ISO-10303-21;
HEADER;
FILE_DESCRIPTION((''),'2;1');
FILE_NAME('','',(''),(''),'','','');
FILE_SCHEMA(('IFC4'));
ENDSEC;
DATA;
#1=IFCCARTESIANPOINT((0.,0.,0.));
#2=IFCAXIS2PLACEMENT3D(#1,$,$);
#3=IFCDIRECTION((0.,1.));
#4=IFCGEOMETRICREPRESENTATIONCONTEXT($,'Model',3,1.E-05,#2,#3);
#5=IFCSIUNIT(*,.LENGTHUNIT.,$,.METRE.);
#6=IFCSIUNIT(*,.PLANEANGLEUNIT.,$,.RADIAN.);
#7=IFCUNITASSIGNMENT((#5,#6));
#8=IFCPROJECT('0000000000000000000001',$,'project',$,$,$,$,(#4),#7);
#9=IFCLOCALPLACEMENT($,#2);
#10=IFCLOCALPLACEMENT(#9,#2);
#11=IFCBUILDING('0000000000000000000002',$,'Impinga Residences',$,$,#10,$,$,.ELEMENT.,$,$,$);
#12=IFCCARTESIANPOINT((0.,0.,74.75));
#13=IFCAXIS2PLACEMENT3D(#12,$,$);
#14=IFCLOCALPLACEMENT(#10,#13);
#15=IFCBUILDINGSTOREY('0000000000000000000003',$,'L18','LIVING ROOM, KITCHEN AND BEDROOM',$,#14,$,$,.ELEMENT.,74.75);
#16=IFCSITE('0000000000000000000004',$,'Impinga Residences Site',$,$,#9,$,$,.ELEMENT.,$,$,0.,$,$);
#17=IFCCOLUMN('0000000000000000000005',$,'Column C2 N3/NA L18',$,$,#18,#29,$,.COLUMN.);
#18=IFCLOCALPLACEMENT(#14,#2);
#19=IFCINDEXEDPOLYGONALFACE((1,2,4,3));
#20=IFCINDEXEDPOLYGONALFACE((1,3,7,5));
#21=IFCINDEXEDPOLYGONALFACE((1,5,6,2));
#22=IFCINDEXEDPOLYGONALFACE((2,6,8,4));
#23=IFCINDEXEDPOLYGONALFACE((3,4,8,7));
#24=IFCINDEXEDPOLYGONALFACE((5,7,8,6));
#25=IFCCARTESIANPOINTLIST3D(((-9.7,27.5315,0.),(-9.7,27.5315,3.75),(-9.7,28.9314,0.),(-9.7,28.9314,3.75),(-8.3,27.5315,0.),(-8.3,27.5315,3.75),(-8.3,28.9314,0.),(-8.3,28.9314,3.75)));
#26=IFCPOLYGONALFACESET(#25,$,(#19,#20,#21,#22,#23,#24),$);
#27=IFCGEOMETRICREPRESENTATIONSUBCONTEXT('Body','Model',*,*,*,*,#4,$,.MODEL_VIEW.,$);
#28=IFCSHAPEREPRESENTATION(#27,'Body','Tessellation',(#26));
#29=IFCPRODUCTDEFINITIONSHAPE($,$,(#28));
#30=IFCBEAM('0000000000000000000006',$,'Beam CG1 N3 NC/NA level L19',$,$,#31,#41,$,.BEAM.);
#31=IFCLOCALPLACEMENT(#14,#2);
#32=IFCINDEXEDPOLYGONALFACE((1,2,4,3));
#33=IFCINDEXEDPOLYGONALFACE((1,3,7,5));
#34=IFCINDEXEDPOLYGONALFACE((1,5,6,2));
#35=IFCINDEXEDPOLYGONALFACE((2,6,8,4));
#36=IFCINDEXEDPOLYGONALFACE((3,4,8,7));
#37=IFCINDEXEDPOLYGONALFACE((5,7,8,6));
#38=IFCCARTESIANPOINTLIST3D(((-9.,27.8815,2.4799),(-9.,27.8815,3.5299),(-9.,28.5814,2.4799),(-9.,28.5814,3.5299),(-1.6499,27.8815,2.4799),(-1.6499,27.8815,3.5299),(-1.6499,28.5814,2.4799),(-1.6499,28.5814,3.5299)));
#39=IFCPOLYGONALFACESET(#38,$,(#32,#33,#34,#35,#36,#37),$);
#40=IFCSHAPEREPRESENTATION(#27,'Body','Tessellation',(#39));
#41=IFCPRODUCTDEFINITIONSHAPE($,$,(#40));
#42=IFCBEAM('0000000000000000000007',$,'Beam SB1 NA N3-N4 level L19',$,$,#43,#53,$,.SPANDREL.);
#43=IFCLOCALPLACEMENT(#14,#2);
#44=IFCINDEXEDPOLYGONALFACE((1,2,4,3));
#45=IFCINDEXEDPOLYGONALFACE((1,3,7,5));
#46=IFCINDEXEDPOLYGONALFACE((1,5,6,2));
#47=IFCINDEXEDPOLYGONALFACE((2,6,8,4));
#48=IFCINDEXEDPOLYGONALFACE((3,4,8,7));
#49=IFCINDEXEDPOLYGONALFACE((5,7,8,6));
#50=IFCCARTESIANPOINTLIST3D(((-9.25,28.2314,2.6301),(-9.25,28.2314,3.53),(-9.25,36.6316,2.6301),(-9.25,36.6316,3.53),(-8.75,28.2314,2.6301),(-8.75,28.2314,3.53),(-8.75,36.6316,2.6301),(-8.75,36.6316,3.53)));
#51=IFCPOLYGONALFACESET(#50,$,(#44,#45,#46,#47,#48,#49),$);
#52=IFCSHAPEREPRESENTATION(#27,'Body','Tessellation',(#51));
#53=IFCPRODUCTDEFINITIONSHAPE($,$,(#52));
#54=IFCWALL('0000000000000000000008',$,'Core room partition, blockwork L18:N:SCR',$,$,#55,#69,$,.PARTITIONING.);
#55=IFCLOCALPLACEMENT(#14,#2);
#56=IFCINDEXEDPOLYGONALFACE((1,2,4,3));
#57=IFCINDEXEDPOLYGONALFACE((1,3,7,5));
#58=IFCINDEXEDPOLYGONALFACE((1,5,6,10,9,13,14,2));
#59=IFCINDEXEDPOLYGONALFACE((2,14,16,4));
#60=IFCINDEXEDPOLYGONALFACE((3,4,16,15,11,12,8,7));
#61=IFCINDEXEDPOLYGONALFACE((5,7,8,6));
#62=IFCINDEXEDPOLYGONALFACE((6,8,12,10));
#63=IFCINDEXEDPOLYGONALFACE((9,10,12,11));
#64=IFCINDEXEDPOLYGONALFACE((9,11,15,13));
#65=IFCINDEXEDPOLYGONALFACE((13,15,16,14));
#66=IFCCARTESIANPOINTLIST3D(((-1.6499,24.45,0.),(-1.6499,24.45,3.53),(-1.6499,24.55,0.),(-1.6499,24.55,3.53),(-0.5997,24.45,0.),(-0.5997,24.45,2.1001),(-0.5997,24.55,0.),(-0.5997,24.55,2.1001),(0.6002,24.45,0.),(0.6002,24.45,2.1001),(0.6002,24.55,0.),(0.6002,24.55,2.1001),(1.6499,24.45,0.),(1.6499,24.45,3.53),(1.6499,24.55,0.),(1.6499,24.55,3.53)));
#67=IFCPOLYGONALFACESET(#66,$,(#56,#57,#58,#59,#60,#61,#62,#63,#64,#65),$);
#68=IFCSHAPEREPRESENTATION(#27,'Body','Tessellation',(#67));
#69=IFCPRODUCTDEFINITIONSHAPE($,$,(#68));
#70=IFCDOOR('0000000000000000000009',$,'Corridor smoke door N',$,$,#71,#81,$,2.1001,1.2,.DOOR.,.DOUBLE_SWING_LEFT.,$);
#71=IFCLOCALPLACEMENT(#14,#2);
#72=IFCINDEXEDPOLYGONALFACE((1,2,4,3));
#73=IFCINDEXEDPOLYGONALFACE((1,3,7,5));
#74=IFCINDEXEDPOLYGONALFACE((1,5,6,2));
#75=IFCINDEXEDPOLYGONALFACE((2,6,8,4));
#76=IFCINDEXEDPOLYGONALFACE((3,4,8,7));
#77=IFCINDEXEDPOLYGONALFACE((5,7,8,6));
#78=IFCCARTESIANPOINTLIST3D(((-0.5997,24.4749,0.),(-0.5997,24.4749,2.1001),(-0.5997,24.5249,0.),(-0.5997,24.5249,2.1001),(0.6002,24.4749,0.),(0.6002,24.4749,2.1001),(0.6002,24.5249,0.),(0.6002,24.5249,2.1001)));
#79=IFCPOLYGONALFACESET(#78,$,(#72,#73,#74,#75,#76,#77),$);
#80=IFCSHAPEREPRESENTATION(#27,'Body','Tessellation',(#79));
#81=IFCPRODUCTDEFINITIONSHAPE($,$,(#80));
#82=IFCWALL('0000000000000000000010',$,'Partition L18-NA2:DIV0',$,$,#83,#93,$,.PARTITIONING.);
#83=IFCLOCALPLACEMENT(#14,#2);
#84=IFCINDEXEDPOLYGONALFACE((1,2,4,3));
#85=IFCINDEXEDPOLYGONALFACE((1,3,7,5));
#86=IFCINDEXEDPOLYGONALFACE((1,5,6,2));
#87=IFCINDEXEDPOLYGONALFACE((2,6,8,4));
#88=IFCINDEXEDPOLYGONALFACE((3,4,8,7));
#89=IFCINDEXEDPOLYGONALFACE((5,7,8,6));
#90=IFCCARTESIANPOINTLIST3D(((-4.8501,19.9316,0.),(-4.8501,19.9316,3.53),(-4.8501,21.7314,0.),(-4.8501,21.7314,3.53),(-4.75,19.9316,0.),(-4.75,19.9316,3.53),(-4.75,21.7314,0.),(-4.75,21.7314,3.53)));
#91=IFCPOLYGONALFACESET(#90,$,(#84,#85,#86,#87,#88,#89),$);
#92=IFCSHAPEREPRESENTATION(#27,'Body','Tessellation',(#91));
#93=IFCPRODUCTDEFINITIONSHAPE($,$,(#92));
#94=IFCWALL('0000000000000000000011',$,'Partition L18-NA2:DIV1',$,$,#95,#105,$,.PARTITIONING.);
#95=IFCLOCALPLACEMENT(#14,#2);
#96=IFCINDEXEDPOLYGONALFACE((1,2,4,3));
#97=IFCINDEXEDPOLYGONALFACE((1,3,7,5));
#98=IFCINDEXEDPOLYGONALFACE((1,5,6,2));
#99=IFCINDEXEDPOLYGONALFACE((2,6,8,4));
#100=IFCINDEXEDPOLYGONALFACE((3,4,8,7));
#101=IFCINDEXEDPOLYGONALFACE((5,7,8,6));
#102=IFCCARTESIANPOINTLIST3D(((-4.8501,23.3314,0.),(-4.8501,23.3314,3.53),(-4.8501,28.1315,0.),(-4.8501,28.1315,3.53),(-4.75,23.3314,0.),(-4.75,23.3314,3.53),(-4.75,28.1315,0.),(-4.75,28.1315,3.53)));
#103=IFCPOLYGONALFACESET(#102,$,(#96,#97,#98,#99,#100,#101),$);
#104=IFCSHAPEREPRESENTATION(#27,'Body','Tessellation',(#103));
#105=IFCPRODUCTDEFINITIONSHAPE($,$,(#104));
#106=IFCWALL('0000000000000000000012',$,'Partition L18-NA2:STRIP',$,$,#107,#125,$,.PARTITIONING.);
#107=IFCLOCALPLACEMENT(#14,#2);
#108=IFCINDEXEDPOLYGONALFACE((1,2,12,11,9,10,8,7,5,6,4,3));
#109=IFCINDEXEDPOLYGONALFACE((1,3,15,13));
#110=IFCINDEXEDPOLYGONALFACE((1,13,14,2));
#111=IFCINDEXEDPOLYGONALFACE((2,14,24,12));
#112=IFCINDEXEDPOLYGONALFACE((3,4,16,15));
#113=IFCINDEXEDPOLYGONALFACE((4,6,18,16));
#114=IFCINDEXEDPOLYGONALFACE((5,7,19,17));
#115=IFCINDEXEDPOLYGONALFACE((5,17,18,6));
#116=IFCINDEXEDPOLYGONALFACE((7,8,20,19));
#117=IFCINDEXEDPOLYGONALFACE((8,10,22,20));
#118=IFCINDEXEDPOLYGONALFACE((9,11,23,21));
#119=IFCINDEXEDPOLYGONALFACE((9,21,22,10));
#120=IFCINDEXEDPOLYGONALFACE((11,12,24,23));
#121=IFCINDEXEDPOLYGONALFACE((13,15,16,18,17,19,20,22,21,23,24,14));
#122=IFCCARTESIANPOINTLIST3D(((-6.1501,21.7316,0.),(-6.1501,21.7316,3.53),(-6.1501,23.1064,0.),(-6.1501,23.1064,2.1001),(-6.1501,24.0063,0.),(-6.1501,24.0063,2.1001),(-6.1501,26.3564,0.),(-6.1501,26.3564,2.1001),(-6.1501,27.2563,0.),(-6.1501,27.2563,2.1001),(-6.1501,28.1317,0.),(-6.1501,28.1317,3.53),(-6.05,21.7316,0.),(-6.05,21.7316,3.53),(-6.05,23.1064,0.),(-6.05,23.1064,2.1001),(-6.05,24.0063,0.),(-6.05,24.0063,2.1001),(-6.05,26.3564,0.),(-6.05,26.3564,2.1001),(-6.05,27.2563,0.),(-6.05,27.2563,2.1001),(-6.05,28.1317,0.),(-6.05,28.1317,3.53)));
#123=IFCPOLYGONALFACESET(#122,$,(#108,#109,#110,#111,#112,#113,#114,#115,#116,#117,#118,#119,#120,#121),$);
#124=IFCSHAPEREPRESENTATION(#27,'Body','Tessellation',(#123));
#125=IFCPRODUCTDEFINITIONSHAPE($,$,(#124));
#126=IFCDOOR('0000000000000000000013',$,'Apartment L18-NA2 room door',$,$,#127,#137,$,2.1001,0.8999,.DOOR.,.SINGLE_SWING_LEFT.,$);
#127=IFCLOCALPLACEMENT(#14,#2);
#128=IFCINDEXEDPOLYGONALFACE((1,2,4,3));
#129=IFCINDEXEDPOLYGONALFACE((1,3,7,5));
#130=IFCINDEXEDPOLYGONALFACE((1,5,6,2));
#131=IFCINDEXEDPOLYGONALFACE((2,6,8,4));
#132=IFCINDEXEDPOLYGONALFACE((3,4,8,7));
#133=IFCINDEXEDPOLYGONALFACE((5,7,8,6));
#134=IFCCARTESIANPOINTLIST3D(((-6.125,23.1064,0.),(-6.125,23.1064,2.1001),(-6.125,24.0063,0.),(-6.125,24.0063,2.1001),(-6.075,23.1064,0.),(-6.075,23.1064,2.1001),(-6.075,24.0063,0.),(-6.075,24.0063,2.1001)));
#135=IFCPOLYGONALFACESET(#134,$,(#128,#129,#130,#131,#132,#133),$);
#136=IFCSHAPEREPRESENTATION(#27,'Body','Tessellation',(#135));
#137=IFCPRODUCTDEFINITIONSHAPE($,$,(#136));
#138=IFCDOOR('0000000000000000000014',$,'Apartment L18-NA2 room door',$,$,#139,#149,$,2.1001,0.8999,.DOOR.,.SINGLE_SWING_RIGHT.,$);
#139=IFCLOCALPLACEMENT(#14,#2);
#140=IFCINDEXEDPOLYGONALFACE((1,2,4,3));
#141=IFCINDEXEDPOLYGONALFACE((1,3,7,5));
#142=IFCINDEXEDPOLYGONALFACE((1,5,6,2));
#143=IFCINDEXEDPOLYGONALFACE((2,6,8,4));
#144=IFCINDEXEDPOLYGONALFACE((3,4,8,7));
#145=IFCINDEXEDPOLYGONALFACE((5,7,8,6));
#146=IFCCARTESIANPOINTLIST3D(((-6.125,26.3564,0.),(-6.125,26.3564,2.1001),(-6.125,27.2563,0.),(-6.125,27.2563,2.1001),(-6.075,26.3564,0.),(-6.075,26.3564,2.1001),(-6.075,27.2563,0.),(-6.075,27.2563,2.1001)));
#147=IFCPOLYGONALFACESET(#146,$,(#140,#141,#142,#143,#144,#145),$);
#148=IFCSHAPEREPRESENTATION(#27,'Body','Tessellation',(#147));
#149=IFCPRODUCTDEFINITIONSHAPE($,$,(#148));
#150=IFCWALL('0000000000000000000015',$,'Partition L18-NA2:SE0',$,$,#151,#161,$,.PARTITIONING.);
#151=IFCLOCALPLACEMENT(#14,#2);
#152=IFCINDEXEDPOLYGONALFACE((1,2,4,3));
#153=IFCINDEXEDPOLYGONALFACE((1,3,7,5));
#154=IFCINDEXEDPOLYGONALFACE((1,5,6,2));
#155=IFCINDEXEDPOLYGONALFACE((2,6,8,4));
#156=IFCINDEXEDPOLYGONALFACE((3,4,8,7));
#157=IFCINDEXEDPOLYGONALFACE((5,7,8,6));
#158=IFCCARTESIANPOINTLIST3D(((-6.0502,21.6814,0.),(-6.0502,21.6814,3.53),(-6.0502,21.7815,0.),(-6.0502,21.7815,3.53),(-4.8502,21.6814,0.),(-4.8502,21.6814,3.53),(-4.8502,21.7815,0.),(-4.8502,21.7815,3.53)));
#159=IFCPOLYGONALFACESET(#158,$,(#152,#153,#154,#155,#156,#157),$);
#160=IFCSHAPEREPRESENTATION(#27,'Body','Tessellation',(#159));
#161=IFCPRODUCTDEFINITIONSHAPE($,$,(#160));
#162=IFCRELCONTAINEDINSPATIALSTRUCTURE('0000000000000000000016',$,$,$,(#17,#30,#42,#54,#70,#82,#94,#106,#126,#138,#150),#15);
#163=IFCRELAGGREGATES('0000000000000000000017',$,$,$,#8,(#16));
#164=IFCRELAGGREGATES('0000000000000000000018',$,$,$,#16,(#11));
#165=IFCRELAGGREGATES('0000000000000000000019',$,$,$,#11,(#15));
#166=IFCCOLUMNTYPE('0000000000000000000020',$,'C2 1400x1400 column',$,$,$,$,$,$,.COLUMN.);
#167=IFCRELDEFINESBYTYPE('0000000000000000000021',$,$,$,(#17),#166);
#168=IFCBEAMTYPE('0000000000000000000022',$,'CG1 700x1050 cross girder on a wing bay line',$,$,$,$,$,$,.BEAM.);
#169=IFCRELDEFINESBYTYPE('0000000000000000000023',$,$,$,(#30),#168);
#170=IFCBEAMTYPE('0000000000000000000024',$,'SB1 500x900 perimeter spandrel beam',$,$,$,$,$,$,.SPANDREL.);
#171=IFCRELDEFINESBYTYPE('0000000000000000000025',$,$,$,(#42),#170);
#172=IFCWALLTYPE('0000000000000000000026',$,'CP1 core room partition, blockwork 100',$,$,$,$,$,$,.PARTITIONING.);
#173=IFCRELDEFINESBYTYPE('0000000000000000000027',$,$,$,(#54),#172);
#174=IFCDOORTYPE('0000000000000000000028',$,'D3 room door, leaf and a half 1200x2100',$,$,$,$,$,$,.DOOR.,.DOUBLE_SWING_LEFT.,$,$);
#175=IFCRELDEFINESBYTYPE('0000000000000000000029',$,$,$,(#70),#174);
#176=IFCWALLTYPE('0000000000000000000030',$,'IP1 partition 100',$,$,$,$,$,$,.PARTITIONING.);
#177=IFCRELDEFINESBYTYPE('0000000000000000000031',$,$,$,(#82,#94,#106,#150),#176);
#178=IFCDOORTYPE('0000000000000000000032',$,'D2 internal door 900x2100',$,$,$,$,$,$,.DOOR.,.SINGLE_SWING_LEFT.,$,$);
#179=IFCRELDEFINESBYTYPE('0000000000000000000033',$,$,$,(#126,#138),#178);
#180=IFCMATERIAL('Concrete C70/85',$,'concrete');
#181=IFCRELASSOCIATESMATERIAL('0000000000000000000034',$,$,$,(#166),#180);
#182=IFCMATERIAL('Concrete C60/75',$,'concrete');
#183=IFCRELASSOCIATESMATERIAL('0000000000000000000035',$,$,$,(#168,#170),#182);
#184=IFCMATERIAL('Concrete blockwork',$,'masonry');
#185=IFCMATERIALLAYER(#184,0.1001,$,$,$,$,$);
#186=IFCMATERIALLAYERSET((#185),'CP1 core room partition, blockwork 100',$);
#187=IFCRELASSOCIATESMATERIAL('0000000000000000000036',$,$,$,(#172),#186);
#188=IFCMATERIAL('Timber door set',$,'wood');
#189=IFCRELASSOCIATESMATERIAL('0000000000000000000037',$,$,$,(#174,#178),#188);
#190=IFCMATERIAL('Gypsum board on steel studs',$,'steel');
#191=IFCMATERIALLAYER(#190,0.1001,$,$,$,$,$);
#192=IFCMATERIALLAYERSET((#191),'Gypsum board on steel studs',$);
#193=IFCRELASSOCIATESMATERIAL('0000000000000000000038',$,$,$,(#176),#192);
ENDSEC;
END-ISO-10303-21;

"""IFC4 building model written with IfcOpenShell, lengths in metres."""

from ifc_helpers import new_model, si_unit, direction, frame, frame_2d, origin, origin_2d, place, context, subcontext, project, spatial, rectangle, extrude, material, layer, layer_set, material_profile, profile_set, type_object, element, fill, save


model = new_model("IFC4")

# Units and contexts
model_context = context("Model", 3, precision=1e-05, world=origin(), true_north=direction((0.0, 1.0)))
body_context = subcontext(model_context, "Body", "Model", "MODEL_VIEW")
ifc_project = project(units=[si_unit("LENGTHUNIT", "METRE"), si_unit("PLANEANGLEUNIT", "RADIAN")], contexts=[model_context])

# Site, building, storey
site_placement = place(None, origin())
site = spatial("IfcSite", under=ifc_project, at=site_placement, Name="Impinga Residences Site", CompositionType="ELEMENT", RefElevation=0.0)
building_placement = place(site_placement, origin())
building = spatial("IfcBuilding", under=site, at=building_placement, Name="Impinga Residences", CompositionType="ELEMENT")
storey_placement = place(building_placement, frame((0.0, 0.0, 74.75)))
storey = spatial("IfcBuildingStorey", under=building, at=storey_placement, Name="L18", Description="LIVING ROOM, KITCHEN AND BEDROOM", CompositionType="ELEMENT", Elevation=74.75)

# Column
ifc_material_1 = material(Name="Concrete C70/85", Category="concrete")
ifc_material_profile_1 = material_profile(ifc_material_1, rectangle(XDim=1.3999, YDim=1.3999, at=origin_2d()), Name="RC 1400x1400")
ifc_profile_set_1 = profile_set([ifc_material_profile_1], Name="Concrete C70/85")
column_type = type_object("IfcColumnType", Name="C2 1400x1400 column", PredefinedType="COLUMN", material=ifc_profile_set_1)
column_placement = place(storey_placement, frame((-9.0, 28.2314, 0.0), z_axis=(0.0, 0.0, 1.0), x_axis=(1.0, 0.0, 0.0)))
element("IfcColumn", 1, at=column_placement, inside=storey, type_object=column_type, Name="Column C2 N3/NA L18", PredefinedType="COLUMN", context=body_context, shape_type="SweptSolid", body=[
    extrude(rectangle(XDim=1.3999, YDim=1.3999, at=origin_2d()), origin(), (0.0, 0.0, 1.0), 3.75),
])

# Beams
ifc_material_2 = material(Name="Concrete C60/75", Category="concrete")
ifc_material_profile_2 = material_profile(ifc_material_2, rectangle(XDim=0.7, YDim=1.05, at=origin_2d()), Name="RC 700x1050")
ifc_profile_set_2 = profile_set([ifc_material_profile_2], Name="Concrete C60/75")
beam_type_1 = type_object("IfcBeamType", Name="CG1 700x1050 cross girder on a wing bay line", PredefinedType="BEAM", material=ifc_profile_set_2)
beam_1_placement = place(storey_placement, frame((-1.6499, 28.2314, 3.0049), z_axis=(-1.0, 0.0, 0.0), x_axis=(0.0, -1.0, 0.0)))
element("IfcBeam", 2, at=beam_1_placement, inside=storey, type_object=beam_type_1, Name="Beam CG1 N3 NC/NA level L19", PredefinedType="BEAM", context=body_context, shape_type="SweptSolid", body=[
    extrude(rectangle(XDim=0.7, YDim=1.05, at=origin_2d()), origin(), (0.0, 0.0, 1.0), 7.3501),
])
ifc_material_profile_3 = material_profile(ifc_material_2, rectangle(XDim=0.5, YDim=0.8999, at=origin_2d()), Name="RC 500x900")
ifc_profile_set_3 = profile_set([ifc_material_profile_3], Name="Concrete C60/75")
beam_type_2 = type_object("IfcBeamType", Name="SB1 500x900 perimeter spandrel beam", PredefinedType="SPANDREL", material=ifc_profile_set_3)
beam_2_placement = place(storey_placement, frame((-9.0, 28.2314, 3.0801), z_axis=(0.0, 1.0, 0.0), x_axis=(-1.0, 0.0, 0.0)))
element("IfcBeam", 3, at=beam_2_placement, inside=storey, type_object=beam_type_2, Name="Beam SB1 NA N3-N4 level L19", PredefinedType="SPANDREL", context=body_context, shape_type="SweptSolid", body=[
    extrude(rectangle(XDim=0.5, YDim=0.8999, at=origin_2d()), origin(), (0.0, 0.0, 1.0), 8.4001),
])

# Wall, opening, door
ifc_material_3 = material(Name="Concrete blockwork", Category="masonry")
ifc_layer_1 = layer(ifc_material_3, 0.1001)
ifc_layer_set_1 = layer_set([ifc_layer_1], Name="CP1 core room partition, blockwork 100")
wall_type_1 = type_object("IfcWallType", Name="CP1 core room partition, blockwork 100", PredefinedType="PARTITIONING", material=ifc_layer_set_1)
wall_1_placement = place(storey_placement, frame((-1.6499, 24.5, 0.0), z_axis=(0.0, 0.0, 1.0), x_axis=(1.0, 0.0, 0.0)))
wall_1 = element("IfcWall", 4, at=wall_1_placement, inside=storey, type_object=wall_type_1, Name="Core room partition, blockwork L18:N:SCR", PredefinedType="PARTITIONING", context=body_context, shape_type="SweptSolid", body=[
    extrude(rectangle(XDim=3.2998, YDim=0.1001, at=frame_2d((1.6499, 0.0))), origin(), (0.0, 0.0, 1.0), 3.53),
])
opening_1_placement = place(wall_1_placement, frame((1.05, 0.0, 0.0)))
opening_1 = element("IfcOpeningElement", 5, at=opening_1_placement, cuts=wall_1, PredefinedType="OPENING", context=body_context, shape_type="SweptSolid", body=[
    extrude(rectangle(XDim=1.2, YDim=2.1001, at=frame_2d((0.6001, 1.05))), frame((0.0, 0.0601, 0.0), z_axis=(0.0, -1.0, 0.0), x_axis=(1.0, 0.0, 0.0)), (0.0, 0.0, 1.0), 0.1201),
])
ifc_material_4 = material(Name="Timber door set", Category="wood")
door_type_1 = type_object("IfcDoorType", Name="D3 room door, leaf and a half 1200x2100", OperationType="DOUBLE_SWING_LEFT", PredefinedType="DOOR", material=ifc_material_4)
door_1_placement = place(opening_1_placement, origin())
door_1 = element("IfcDoor", 6, at=door_1_placement, inside=storey, type_object=door_type_1, Name="Corridor smoke door N", OperationType="DOUBLE_SWING_LEFT", OverallHeight=2.1001, OverallWidth=1.2, PredefinedType="DOOR", context=body_context, shape_type="SweptSolid", body=[
    extrude(rectangle(XDim=1.2, YDim=2.1001, at=frame_2d((0.6001, 1.05))), frame((0.0, 0.0249, 0.0), z_axis=(0.0, -1.0, 0.0), x_axis=(1.0, 0.0, 0.0)), (0.0, 0.0, 1.0), 0.05),
])
fill(opening_1, door_1)

# Walls
ifc_material_5 = material(Name="Gypsum board on steel studs", Category="steel")
ifc_layer_2 = layer(ifc_material_5, 0.1001)
ifc_layer_set_2 = layer_set([ifc_layer_2], Name="Gypsum board on steel studs")
wall_type_2 = type_object("IfcWallType", Name="IP1 partition 100", PredefinedType="PARTITIONING", material=ifc_layer_set_2)
wall_2_placement = place(storey_placement, frame((-4.8, 19.9316, 0.0), z_axis=(0.0, 0.0, 1.0), x_axis=(0.0, 1.0, 0.0)))
element("IfcWall", 7, at=wall_2_placement, inside=storey, type_object=wall_type_2, Name="Partition L18-NA2:DIV0", PredefinedType="PARTITIONING", context=body_context, shape_type="SweptSolid", body=[
    extrude(rectangle(XDim=1.7998, YDim=0.1001, at=frame_2d((0.8999, 0.0))), origin(), (0.0, 0.0, 1.0), 3.53),
])
wall_3_placement = place(storey_placement, frame((-4.8, 23.3315, 0.0), z_axis=(0.0, 0.0, 1.0), x_axis=(0.0, 1.0, 0.0)))
element("IfcWall", 8, at=wall_3_placement, inside=storey, type_object=wall_type_2, Name="Partition L18-NA2:DIV1", PredefinedType="PARTITIONING", context=body_context, shape_type="SweptSolid", body=[
    extrude(rectangle(XDim=4.8, YDim=0.1001, at=frame_2d((2.3999, 0.0))), origin(), (0.0, 0.0, 1.0), 3.53),
])

# Wall, openings, doors
wall_4_placement = place(storey_placement, frame((-6.1001, 21.7314, 0.0), z_axis=(0.0, 0.0, 1.0), x_axis=(0.0, 1.0, 0.0)))
wall_4 = element("IfcWall", 9, at=wall_4_placement, inside=storey, type_object=wall_type_2, Name="Partition L18-NA2:STRIP", PredefinedType="PARTITIONING", context=body_context, shape_type="SweptSolid", body=[
    extrude(rectangle(XDim=6.4001, YDim=0.1001, at=frame_2d((3.2002, 0.0))), origin(), (0.0, 0.0, 1.0), 3.53),
])
opening_2_placement = place(wall_4_placement, frame((1.375, 0.0, 0.0)))
opening_2 = element("IfcOpeningElement", 10, at=opening_2_placement, cuts=wall_4, PredefinedType="OPENING", context=body_context, shape_type="SweptSolid", body=[
    extrude(rectangle(XDim=0.8999, YDim=2.1001, at=frame_2d((0.45, 1.05))), frame((0.0, 0.0601, 0.0), z_axis=(0.0, -1.0, 0.0), x_axis=(1.0, 0.0, 0.0)), (0.0, 0.0, 1.0), 0.1201),
])
opening_3_placement = place(wall_4_placement, frame((4.625, 0.0, 0.0)))
opening_3 = element("IfcOpeningElement", 11, at=opening_3_placement, cuts=wall_4, PredefinedType="OPENING", context=body_context, shape_type="SweptSolid", body=[
    extrude(rectangle(XDim=0.8999, YDim=2.1001, at=frame_2d((0.45, 1.05))), frame((0.0, 0.0601, 0.0), z_axis=(0.0, -1.0, 0.0), x_axis=(1.0, 0.0, 0.0)), (0.0, 0.0, 1.0), 0.1201),
])
door_type_2 = type_object("IfcDoorType", Name="D2 internal door 900x2100", OperationType="SINGLE_SWING_LEFT", PredefinedType="DOOR", material=ifc_material_4)
door_2_placement = place(opening_2_placement, origin())
door_2 = element("IfcDoor", 12, at=door_2_placement, inside=storey, type_object=door_type_2, Name="Apartment L18-NA2 room door", OperationType="SINGLE_SWING_LEFT", OverallHeight=2.1001, OverallWidth=0.8999, PredefinedType="DOOR", context=body_context, shape_type="SweptSolid", body=[
    extrude(rectangle(XDim=0.8999, YDim=2.1001, at=frame_2d((0.45, 1.05))), frame((0.0, 0.0249, 0.0), z_axis=(0.0, -1.0, 0.0), x_axis=(1.0, 0.0, 0.0)), (0.0, 0.0, 1.0), 0.05),
])
fill(opening_2, door_2)
door_3_placement = place(opening_3_placement, origin())
door_3 = element("IfcDoor", 13, at=door_3_placement, inside=storey, type_object=door_type_2, Name="Apartment L18-NA2 room door", OperationType="SINGLE_SWING_RIGHT", OverallHeight=2.1001, OverallWidth=0.8999, PredefinedType="DOOR", context=body_context, shape_type="SweptSolid", body=[
    extrude(rectangle(XDim=0.8999, YDim=2.1001, at=frame_2d((0.45, 1.05))), frame((0.0, 0.0249, 0.0), z_axis=(0.0, -1.0, 0.0), x_axis=(1.0, 0.0, 0.0)), (0.0, 0.0, 1.0), 0.05),
])
fill(opening_3, door_3)

# Wall
wall_5_placement = place(storey_placement, frame((-4.8501, 21.7314, 0.0), z_axis=(0.0, 0.0, 1.0), x_axis=(-1.0, 0.0, 0.0)))
element("IfcWall", 14, at=wall_5_placement, inside=storey, type_object=wall_type_2, Name="Partition L18-NA2:SE0", PredefinedType="PARTITIONING", context=body_context, shape_type="SweptSolid", body=[
    extrude(rectangle(XDim=1.2, YDim=0.1001, at=frame_2d((0.6001, 0.0))), origin(), (0.0, 0.0, 1.0), 3.53),
])

save(model, "model.ifc")
